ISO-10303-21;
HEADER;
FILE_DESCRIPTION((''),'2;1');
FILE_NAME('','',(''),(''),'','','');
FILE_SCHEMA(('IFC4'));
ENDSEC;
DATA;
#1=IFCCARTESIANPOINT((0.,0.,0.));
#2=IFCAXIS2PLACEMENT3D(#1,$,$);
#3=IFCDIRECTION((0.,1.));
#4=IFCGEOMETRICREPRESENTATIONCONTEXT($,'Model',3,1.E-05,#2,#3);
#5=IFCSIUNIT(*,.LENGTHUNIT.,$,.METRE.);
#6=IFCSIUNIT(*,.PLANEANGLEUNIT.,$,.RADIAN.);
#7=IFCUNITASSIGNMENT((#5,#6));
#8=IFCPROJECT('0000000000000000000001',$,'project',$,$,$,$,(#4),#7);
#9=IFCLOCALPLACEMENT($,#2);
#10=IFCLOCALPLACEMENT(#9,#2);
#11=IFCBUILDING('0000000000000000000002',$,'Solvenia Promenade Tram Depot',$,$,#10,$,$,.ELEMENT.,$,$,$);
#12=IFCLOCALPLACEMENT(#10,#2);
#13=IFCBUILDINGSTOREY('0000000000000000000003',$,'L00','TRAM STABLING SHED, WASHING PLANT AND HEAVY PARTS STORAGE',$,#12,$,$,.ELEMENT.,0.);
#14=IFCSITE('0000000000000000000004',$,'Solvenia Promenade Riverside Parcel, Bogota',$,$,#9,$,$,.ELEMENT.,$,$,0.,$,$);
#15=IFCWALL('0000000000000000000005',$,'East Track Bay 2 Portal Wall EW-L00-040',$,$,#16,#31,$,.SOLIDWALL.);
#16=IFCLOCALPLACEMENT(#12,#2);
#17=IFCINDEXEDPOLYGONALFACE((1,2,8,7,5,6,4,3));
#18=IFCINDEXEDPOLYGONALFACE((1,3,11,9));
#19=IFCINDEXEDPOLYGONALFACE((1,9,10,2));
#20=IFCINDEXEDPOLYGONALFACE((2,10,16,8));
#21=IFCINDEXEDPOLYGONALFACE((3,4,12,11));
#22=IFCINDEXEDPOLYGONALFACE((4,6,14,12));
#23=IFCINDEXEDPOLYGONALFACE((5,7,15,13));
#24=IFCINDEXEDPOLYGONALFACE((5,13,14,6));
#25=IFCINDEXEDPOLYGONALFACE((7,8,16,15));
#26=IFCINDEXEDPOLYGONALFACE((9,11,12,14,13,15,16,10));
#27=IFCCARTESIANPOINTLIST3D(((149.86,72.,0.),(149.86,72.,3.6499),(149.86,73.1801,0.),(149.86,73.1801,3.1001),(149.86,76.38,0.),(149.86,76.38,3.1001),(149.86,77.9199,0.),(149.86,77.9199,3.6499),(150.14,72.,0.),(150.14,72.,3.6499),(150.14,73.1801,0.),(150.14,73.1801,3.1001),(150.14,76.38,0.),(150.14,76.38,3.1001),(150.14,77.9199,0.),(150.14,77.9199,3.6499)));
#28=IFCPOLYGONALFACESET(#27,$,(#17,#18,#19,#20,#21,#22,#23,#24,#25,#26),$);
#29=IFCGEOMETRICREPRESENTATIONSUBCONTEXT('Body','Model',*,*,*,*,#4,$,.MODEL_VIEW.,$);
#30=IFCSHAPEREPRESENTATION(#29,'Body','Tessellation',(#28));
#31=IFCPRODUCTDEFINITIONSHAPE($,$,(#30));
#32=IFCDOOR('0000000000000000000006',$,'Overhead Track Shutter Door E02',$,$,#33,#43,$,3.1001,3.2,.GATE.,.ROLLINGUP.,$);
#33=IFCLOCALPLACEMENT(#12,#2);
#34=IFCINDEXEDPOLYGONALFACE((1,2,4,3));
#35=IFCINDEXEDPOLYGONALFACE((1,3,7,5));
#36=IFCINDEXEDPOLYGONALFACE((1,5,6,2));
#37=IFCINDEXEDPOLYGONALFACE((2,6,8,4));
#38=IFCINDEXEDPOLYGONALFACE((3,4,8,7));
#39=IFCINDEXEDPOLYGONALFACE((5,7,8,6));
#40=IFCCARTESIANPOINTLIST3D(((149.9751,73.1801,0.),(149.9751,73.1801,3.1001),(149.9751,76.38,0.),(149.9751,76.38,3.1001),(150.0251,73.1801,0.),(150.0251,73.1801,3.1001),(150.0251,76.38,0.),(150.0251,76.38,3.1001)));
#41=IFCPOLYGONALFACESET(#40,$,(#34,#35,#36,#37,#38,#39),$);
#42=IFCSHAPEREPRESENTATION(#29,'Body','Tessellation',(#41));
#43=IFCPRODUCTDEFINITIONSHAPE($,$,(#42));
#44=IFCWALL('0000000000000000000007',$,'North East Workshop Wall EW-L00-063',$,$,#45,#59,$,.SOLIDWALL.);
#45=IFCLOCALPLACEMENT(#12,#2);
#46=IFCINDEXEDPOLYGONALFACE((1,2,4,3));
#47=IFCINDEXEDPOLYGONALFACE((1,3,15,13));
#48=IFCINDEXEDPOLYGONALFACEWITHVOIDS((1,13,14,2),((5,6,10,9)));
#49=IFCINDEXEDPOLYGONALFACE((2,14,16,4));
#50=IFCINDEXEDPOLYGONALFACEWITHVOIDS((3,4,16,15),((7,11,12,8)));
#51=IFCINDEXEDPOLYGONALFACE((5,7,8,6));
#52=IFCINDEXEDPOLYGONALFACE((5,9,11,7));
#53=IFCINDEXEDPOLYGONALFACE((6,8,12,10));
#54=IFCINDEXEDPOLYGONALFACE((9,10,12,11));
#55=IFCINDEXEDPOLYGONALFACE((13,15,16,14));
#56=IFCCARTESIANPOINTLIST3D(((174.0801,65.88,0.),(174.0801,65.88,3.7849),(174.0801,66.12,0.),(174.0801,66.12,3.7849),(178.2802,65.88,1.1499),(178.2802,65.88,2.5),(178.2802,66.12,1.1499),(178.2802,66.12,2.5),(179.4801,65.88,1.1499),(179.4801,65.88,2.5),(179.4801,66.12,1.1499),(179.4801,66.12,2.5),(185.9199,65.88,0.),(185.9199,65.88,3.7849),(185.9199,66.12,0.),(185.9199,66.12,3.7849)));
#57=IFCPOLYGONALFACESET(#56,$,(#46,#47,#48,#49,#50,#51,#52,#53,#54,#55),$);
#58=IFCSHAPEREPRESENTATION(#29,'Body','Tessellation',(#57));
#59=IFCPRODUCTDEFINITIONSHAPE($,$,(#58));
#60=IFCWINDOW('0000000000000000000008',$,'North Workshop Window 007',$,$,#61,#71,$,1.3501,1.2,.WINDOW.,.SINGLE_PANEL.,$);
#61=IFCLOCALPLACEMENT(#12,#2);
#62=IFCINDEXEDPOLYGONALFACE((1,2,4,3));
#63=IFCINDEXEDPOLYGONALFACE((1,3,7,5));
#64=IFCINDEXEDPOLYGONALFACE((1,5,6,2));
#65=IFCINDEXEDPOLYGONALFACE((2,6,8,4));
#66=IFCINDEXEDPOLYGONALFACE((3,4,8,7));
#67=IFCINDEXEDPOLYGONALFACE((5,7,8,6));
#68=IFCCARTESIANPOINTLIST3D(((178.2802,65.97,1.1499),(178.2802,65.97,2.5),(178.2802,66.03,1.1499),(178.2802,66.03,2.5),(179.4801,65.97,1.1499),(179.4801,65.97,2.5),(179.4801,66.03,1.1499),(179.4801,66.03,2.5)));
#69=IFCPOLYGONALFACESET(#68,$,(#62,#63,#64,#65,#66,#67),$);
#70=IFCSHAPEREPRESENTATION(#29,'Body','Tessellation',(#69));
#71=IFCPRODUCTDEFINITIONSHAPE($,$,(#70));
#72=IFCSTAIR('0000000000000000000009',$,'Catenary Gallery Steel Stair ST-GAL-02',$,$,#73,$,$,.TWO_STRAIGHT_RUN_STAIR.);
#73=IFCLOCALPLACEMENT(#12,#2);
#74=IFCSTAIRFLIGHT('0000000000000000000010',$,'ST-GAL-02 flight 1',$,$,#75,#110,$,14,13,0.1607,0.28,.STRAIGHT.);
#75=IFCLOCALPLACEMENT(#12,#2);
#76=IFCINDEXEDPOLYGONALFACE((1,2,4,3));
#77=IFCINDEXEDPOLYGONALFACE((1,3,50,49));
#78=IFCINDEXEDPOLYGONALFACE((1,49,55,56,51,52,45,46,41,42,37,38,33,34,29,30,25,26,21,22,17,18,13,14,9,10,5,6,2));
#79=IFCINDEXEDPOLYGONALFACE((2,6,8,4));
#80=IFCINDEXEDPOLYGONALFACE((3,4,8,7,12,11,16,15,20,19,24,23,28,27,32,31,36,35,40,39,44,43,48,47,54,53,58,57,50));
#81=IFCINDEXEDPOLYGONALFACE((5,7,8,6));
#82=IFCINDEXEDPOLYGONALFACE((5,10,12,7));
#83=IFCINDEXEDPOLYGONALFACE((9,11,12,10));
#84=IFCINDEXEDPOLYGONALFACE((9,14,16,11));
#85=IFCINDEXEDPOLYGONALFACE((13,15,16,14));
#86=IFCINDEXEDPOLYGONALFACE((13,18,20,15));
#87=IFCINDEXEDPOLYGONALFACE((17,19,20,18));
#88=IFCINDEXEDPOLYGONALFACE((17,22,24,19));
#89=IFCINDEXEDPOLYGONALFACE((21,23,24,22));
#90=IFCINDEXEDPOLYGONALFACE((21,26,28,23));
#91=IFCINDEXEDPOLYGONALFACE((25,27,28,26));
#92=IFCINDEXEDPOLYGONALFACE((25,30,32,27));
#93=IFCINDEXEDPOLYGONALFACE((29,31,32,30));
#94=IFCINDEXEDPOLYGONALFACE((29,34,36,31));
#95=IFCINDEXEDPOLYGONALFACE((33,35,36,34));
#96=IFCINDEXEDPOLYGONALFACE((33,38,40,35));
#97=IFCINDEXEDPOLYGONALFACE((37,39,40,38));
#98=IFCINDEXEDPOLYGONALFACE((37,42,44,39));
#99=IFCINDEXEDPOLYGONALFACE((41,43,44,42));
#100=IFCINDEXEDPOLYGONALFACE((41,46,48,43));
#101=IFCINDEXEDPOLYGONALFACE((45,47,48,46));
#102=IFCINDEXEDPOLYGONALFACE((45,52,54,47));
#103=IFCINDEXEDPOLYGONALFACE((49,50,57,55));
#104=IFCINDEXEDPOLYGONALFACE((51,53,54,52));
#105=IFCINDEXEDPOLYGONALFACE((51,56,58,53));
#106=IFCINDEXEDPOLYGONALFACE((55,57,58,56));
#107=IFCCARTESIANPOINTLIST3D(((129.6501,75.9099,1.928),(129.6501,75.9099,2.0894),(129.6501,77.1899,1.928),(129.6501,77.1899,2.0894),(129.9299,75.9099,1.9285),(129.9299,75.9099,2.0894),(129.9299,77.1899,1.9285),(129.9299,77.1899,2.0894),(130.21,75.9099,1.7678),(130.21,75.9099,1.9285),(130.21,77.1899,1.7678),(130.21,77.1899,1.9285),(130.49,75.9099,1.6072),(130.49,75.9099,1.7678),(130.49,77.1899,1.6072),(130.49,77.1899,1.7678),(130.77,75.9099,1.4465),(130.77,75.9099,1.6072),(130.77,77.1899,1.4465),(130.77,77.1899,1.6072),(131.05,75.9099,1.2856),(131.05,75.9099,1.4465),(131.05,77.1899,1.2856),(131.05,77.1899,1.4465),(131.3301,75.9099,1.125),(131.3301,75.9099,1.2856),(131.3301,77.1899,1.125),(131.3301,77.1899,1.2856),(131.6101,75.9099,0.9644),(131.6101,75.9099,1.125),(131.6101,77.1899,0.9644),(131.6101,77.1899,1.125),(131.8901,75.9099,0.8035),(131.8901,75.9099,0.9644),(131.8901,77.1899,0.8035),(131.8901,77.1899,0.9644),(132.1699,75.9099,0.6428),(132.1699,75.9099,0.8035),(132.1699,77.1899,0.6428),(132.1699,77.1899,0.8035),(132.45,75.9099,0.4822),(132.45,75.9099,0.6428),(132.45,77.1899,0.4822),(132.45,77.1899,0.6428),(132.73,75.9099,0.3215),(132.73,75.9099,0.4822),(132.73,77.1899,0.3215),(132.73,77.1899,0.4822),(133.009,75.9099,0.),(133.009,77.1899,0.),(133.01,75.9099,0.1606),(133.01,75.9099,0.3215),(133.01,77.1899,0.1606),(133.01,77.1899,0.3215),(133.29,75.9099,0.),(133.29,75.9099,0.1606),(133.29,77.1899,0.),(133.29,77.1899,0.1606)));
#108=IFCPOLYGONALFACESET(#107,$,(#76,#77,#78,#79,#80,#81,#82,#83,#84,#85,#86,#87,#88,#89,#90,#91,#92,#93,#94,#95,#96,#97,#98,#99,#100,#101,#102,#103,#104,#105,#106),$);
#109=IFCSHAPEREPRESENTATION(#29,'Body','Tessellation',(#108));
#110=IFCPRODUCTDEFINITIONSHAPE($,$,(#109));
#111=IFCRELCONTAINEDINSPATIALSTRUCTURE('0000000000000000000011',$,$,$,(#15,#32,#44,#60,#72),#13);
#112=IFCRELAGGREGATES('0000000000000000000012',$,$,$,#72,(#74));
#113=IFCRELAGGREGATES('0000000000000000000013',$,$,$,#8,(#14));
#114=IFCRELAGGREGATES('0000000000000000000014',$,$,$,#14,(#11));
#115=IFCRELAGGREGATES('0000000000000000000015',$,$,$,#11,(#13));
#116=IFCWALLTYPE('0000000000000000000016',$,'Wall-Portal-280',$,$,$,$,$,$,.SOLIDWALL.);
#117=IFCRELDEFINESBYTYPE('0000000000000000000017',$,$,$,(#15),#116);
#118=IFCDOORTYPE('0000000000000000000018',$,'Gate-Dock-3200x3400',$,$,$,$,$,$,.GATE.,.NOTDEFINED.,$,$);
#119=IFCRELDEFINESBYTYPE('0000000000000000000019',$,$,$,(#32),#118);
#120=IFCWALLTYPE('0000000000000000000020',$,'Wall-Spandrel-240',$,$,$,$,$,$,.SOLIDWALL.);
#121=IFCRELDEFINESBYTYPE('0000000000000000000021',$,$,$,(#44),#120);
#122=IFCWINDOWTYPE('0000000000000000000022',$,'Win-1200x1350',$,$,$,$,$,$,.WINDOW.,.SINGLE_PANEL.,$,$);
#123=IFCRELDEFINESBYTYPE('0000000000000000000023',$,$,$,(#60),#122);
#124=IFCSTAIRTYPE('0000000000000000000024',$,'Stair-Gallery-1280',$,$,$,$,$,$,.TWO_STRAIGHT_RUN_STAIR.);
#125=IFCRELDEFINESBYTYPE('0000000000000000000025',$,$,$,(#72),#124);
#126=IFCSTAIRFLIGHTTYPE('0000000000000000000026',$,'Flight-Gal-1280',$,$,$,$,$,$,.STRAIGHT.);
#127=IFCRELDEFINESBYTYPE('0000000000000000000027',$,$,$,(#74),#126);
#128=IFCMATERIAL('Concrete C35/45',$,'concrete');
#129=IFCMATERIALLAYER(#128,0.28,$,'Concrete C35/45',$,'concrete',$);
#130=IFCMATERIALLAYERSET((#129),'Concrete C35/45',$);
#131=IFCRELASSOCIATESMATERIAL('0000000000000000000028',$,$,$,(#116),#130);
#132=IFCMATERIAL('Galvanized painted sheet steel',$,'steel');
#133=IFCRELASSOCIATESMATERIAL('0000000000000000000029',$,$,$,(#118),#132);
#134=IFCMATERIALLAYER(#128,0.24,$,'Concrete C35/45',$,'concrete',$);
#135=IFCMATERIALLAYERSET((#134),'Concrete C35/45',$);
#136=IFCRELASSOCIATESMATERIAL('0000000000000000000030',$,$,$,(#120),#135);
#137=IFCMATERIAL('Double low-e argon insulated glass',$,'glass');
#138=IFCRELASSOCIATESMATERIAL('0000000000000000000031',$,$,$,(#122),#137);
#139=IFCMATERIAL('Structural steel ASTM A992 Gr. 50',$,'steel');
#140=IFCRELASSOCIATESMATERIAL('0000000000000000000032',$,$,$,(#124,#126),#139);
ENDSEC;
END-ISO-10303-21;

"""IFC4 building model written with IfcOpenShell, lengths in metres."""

from ifc_helpers import new_model, si_unit, direction, frame, frame_2d, origin, place, context, subcontext, project, spatial, polyline, rectangle, outline, extrude, material, layer, layer_set, type_object, element, fill, aggregate, save


model = new_model("IFC4")

# Units and contexts
model_context = context("Model", 3, precision=1e-05, world=origin(), true_north=direction((0.0, 1.0)))
body_context = subcontext(model_context, "Body", "Model", "MODEL_VIEW")
ifc_project = project(units=[si_unit("LENGTHUNIT", "METRE"), si_unit("PLANEANGLEUNIT", "RADIAN")], contexts=[model_context])

# Site, building, storey
site_placement = place(None, origin())
site = spatial("IfcSite", under=ifc_project, at=site_placement, Name="Solvenia Promenade Riverside Parcel, Bogota", CompositionType="ELEMENT", RefElevation=0.0)
building_placement = place(site_placement, origin())
building = spatial("IfcBuilding", under=site, at=building_placement, Name="Solvenia Promenade Tram Depot", CompositionType="ELEMENT")
storey_placement = place(building_placement, origin())
storey = spatial("IfcBuildingStorey", under=building, at=storey_placement, Name="L00", Description="TRAM STABLING SHED, WASHING PLANT AND HEAVY PARTS STORAGE", CompositionType="ELEMENT", Elevation=0.0)

# Shared definitions
ifc_material_1 = material(Name="Structural steel ASTM A992 Gr. 50", Category="steel")

# Wall, opening, door
ifc_material_2 = material(Name="Concrete C35/45", Category="concrete")
ifc_layer_1 = layer(ifc_material_2, 0.28, Name="Concrete C35/45", Category="concrete")
ifc_layer_set_1 = layer_set([ifc_layer_1], Name="Concrete C35/45")
wall_type_1 = type_object("IfcWallType", Name="Wall-Portal-280", PredefinedType="SOLIDWALL", material=ifc_layer_set_1)
ifc_material_3 = material(Name="Galvanized painted sheet steel", Category="steel")
door_type = type_object("IfcDoorType", Name="Gate-Dock-3200x3400", OperationType="NOTDEFINED", PredefinedType="GATE", material=ifc_material_3)
wall_1_placement = place(storey_placement, frame((150.0, 72.0, 0.0), z_axis=(0.0, 0.0, 1.0), x_axis=(0.0, 1.0, 0.0)))
wall_1 = element("IfcWall", 1, at=wall_1_placement, inside=storey, type_object=wall_type_1, Name="East Track Bay 2 Portal Wall EW-L00-040", PredefinedType="SOLIDWALL", context=body_context, shape_type="SweptSolid", body=[
    extrude(rectangle(XDim=5.9199, YDim=0.28, at=frame_2d((2.96, 0.0))), origin(), (0.0, 0.0, 1.0), 3.6499),
])
opening_1_placement = place(wall_1_placement, frame((1.1799, 0.0, 0.0)))
opening_1 = element("IfcOpeningElement", 2, at=opening_1_placement, cuts=wall_1, PredefinedType="OPENING", context=body_context, shape_type="SweptSolid", body=[
    extrude(rectangle(XDim=3.2, YDim=3.1001, at=frame_2d((1.6001, 1.55))), frame((0.0, 0.1499, 0.0), z_axis=(0.0, -1.0, 0.0), x_axis=(1.0, 0.0, 0.0)), (0.0, 0.0, 1.0), 0.3),
])
door_1_placement = place(opening_1_placement, origin())
door_1 = element("IfcDoor", 3, at=door_1_placement, inside=storey, type_object=door_type, Name="Overhead Track Shutter Door E02", OperationType="ROLLINGUP", OverallHeight=3.1001, OverallWidth=3.2, PredefinedType="GATE", context=body_context, shape_type="SweptSolid", body=[
    extrude(rectangle(XDim=3.2, YDim=3.1001, at=frame_2d((1.6001, 1.55))), frame((0.0, 0.0249, 0.0), z_axis=(0.0, -1.0, 0.0), x_axis=(1.0, 0.0, 0.0)), (0.0, 0.0, 1.0), 0.05),
])
fill(opening_1, door_1)

# Wall, opening, window
ifc_layer_2 = layer(ifc_material_2, 0.24, Name="Concrete C35/45", Category="concrete")
ifc_layer_set_2 = layer_set([ifc_layer_2], Name="Concrete C35/45")
wall_type_2 = type_object("IfcWallType", Name="Wall-Spandrel-240", PredefinedType="SOLIDWALL", material=ifc_layer_set_2)
wall_2_placement = place(storey_placement, frame((174.0801, 66.0, 0.0), z_axis=(0.0, 0.0, 1.0), x_axis=(1.0, 0.0, 0.0)))
wall_2 = element("IfcWall", 4, at=wall_2_placement, inside=storey, type_object=wall_type_2, Name="North East Workshop Wall EW-L00-063", PredefinedType="SOLIDWALL", context=body_context, shape_type="SweptSolid", body=[
    extrude(rectangle(XDim=11.8398, YDim=0.24, at=frame_2d((5.9199, 0.0))), origin(), (0.0, 0.0, 1.0), 3.7849),
])
opening_2_placement = place(wall_2_placement, frame((4.2, 0.0, 1.1499)))
opening_2 = element("IfcOpeningElement", 5, at=opening_2_placement, cuts=wall_2, PredefinedType="OPENING", context=body_context, shape_type="SweptSolid", body=[
    extrude(rectangle(XDim=1.2, YDim=1.3501, at=frame_2d((0.6001, 0.675))), frame((0.0, 0.1299, 0.0), z_axis=(0.0, -1.0, 0.0), x_axis=(1.0, 0.0, 0.0)), (0.0, 0.0, 1.0), 0.26),
])
ifc_material_4 = material(Name="Double low-e argon insulated glass", Category="glass")
window_type = type_object("IfcWindowType", Name="Win-1200x1350", PartitioningType="SINGLE_PANEL", PredefinedType="WINDOW", material=ifc_material_4)
window_placement = place(opening_2_placement, origin())
window = element("IfcWindow", 6, at=window_placement, inside=storey, type_object=window_type, Name="North Workshop Window 007", OverallHeight=1.3501, OverallWidth=1.2, PartitioningType="SINGLE_PANEL", PredefinedType="WINDOW", context=body_context, shape_type="SweptSolid", body=[
    extrude(rectangle(XDim=1.2, YDim=1.3501, at=frame_2d((0.6001, 0.675))), frame((0.0, 0.03, 0.0), z_axis=(0.0, -1.0, 0.0), x_axis=(1.0, 0.0, 0.0)), (0.0, 0.0, 1.0), 0.0601),
])
fill(opening_2, window)

# Stair, stair flight
stair_type = type_object("IfcStairType", Name="Stair-Gallery-1280", PredefinedType="TWO_STRAIGHT_RUN_STAIR", material=ifc_material_1)
stair_placement = place(storey_placement, origin())
stair = element("IfcStair", 7, at=stair_placement, inside=storey, type_object=stair_type, Name="Catenary Gallery Steel Stair ST-GAL-02", PredefinedType="TWO_STRAIGHT_RUN_STAIR")
stair_flight_type = type_object("IfcStairFlightType", Name="Flight-Gal-1280", PredefinedType="STRAIGHT", material=ifc_material_1)
stair_flight_placement = place(storey_placement, frame((133.29, 76.55, 0.0), z_axis=(0.0, 0.0, 1.0), x_axis=(-1.0, 0.0, 0.0)))
stair_flight = element("IfcStairFlight", 8, at=stair_flight_placement, type_object=stair_flight_type, Name="ST-GAL-02 flight 1", NumberOfRisers=14, NumberOfTreads=13, PredefinedType="STRAIGHT", RiserHeight=0.1607, TreadLength=0.28, context=body_context, shape_type="SweptSolid", body=[
    extrude(outline(polyline([(0.0, 0.0), (0.0, 0.1606), (0.28, 0.1606), (0.28, 0.3215), (0.5601, 0.3215), (0.5601, 0.4822), (0.8401, 0.4822), (0.8401, 0.6428), (1.1201, 0.6428), (1.1201, 0.8035), (1.3999, 0.8035), (1.3999, 0.9644), (1.6799, 0.9644), (1.6799, 1.125), (1.96, 1.125), (1.96, 1.2856), (2.24, 1.2856), (2.24, 1.4465), (2.52, 1.4465), (2.52, 1.6072), (2.8, 1.6072), (2.8, 1.7678), (3.0801, 1.7678), (3.0801, 1.9285), (3.3601, 1.9285), (3.3601, 2.0894), (3.6399, 2.0894), (3.6399, 2.25), (3.6399, 1.928), (0.281, 0.0), (0.0, 0.0)])), frame((0.0, 0.6401, 0.0), z_axis=(0.0, -1.0, 0.0), x_axis=(1.0, 0.0, 0.0)), (0.0, 0.0, 1.0), 1.28),
])
aggregate(stair, [stair_flight])

save(model, "model.ifc")
